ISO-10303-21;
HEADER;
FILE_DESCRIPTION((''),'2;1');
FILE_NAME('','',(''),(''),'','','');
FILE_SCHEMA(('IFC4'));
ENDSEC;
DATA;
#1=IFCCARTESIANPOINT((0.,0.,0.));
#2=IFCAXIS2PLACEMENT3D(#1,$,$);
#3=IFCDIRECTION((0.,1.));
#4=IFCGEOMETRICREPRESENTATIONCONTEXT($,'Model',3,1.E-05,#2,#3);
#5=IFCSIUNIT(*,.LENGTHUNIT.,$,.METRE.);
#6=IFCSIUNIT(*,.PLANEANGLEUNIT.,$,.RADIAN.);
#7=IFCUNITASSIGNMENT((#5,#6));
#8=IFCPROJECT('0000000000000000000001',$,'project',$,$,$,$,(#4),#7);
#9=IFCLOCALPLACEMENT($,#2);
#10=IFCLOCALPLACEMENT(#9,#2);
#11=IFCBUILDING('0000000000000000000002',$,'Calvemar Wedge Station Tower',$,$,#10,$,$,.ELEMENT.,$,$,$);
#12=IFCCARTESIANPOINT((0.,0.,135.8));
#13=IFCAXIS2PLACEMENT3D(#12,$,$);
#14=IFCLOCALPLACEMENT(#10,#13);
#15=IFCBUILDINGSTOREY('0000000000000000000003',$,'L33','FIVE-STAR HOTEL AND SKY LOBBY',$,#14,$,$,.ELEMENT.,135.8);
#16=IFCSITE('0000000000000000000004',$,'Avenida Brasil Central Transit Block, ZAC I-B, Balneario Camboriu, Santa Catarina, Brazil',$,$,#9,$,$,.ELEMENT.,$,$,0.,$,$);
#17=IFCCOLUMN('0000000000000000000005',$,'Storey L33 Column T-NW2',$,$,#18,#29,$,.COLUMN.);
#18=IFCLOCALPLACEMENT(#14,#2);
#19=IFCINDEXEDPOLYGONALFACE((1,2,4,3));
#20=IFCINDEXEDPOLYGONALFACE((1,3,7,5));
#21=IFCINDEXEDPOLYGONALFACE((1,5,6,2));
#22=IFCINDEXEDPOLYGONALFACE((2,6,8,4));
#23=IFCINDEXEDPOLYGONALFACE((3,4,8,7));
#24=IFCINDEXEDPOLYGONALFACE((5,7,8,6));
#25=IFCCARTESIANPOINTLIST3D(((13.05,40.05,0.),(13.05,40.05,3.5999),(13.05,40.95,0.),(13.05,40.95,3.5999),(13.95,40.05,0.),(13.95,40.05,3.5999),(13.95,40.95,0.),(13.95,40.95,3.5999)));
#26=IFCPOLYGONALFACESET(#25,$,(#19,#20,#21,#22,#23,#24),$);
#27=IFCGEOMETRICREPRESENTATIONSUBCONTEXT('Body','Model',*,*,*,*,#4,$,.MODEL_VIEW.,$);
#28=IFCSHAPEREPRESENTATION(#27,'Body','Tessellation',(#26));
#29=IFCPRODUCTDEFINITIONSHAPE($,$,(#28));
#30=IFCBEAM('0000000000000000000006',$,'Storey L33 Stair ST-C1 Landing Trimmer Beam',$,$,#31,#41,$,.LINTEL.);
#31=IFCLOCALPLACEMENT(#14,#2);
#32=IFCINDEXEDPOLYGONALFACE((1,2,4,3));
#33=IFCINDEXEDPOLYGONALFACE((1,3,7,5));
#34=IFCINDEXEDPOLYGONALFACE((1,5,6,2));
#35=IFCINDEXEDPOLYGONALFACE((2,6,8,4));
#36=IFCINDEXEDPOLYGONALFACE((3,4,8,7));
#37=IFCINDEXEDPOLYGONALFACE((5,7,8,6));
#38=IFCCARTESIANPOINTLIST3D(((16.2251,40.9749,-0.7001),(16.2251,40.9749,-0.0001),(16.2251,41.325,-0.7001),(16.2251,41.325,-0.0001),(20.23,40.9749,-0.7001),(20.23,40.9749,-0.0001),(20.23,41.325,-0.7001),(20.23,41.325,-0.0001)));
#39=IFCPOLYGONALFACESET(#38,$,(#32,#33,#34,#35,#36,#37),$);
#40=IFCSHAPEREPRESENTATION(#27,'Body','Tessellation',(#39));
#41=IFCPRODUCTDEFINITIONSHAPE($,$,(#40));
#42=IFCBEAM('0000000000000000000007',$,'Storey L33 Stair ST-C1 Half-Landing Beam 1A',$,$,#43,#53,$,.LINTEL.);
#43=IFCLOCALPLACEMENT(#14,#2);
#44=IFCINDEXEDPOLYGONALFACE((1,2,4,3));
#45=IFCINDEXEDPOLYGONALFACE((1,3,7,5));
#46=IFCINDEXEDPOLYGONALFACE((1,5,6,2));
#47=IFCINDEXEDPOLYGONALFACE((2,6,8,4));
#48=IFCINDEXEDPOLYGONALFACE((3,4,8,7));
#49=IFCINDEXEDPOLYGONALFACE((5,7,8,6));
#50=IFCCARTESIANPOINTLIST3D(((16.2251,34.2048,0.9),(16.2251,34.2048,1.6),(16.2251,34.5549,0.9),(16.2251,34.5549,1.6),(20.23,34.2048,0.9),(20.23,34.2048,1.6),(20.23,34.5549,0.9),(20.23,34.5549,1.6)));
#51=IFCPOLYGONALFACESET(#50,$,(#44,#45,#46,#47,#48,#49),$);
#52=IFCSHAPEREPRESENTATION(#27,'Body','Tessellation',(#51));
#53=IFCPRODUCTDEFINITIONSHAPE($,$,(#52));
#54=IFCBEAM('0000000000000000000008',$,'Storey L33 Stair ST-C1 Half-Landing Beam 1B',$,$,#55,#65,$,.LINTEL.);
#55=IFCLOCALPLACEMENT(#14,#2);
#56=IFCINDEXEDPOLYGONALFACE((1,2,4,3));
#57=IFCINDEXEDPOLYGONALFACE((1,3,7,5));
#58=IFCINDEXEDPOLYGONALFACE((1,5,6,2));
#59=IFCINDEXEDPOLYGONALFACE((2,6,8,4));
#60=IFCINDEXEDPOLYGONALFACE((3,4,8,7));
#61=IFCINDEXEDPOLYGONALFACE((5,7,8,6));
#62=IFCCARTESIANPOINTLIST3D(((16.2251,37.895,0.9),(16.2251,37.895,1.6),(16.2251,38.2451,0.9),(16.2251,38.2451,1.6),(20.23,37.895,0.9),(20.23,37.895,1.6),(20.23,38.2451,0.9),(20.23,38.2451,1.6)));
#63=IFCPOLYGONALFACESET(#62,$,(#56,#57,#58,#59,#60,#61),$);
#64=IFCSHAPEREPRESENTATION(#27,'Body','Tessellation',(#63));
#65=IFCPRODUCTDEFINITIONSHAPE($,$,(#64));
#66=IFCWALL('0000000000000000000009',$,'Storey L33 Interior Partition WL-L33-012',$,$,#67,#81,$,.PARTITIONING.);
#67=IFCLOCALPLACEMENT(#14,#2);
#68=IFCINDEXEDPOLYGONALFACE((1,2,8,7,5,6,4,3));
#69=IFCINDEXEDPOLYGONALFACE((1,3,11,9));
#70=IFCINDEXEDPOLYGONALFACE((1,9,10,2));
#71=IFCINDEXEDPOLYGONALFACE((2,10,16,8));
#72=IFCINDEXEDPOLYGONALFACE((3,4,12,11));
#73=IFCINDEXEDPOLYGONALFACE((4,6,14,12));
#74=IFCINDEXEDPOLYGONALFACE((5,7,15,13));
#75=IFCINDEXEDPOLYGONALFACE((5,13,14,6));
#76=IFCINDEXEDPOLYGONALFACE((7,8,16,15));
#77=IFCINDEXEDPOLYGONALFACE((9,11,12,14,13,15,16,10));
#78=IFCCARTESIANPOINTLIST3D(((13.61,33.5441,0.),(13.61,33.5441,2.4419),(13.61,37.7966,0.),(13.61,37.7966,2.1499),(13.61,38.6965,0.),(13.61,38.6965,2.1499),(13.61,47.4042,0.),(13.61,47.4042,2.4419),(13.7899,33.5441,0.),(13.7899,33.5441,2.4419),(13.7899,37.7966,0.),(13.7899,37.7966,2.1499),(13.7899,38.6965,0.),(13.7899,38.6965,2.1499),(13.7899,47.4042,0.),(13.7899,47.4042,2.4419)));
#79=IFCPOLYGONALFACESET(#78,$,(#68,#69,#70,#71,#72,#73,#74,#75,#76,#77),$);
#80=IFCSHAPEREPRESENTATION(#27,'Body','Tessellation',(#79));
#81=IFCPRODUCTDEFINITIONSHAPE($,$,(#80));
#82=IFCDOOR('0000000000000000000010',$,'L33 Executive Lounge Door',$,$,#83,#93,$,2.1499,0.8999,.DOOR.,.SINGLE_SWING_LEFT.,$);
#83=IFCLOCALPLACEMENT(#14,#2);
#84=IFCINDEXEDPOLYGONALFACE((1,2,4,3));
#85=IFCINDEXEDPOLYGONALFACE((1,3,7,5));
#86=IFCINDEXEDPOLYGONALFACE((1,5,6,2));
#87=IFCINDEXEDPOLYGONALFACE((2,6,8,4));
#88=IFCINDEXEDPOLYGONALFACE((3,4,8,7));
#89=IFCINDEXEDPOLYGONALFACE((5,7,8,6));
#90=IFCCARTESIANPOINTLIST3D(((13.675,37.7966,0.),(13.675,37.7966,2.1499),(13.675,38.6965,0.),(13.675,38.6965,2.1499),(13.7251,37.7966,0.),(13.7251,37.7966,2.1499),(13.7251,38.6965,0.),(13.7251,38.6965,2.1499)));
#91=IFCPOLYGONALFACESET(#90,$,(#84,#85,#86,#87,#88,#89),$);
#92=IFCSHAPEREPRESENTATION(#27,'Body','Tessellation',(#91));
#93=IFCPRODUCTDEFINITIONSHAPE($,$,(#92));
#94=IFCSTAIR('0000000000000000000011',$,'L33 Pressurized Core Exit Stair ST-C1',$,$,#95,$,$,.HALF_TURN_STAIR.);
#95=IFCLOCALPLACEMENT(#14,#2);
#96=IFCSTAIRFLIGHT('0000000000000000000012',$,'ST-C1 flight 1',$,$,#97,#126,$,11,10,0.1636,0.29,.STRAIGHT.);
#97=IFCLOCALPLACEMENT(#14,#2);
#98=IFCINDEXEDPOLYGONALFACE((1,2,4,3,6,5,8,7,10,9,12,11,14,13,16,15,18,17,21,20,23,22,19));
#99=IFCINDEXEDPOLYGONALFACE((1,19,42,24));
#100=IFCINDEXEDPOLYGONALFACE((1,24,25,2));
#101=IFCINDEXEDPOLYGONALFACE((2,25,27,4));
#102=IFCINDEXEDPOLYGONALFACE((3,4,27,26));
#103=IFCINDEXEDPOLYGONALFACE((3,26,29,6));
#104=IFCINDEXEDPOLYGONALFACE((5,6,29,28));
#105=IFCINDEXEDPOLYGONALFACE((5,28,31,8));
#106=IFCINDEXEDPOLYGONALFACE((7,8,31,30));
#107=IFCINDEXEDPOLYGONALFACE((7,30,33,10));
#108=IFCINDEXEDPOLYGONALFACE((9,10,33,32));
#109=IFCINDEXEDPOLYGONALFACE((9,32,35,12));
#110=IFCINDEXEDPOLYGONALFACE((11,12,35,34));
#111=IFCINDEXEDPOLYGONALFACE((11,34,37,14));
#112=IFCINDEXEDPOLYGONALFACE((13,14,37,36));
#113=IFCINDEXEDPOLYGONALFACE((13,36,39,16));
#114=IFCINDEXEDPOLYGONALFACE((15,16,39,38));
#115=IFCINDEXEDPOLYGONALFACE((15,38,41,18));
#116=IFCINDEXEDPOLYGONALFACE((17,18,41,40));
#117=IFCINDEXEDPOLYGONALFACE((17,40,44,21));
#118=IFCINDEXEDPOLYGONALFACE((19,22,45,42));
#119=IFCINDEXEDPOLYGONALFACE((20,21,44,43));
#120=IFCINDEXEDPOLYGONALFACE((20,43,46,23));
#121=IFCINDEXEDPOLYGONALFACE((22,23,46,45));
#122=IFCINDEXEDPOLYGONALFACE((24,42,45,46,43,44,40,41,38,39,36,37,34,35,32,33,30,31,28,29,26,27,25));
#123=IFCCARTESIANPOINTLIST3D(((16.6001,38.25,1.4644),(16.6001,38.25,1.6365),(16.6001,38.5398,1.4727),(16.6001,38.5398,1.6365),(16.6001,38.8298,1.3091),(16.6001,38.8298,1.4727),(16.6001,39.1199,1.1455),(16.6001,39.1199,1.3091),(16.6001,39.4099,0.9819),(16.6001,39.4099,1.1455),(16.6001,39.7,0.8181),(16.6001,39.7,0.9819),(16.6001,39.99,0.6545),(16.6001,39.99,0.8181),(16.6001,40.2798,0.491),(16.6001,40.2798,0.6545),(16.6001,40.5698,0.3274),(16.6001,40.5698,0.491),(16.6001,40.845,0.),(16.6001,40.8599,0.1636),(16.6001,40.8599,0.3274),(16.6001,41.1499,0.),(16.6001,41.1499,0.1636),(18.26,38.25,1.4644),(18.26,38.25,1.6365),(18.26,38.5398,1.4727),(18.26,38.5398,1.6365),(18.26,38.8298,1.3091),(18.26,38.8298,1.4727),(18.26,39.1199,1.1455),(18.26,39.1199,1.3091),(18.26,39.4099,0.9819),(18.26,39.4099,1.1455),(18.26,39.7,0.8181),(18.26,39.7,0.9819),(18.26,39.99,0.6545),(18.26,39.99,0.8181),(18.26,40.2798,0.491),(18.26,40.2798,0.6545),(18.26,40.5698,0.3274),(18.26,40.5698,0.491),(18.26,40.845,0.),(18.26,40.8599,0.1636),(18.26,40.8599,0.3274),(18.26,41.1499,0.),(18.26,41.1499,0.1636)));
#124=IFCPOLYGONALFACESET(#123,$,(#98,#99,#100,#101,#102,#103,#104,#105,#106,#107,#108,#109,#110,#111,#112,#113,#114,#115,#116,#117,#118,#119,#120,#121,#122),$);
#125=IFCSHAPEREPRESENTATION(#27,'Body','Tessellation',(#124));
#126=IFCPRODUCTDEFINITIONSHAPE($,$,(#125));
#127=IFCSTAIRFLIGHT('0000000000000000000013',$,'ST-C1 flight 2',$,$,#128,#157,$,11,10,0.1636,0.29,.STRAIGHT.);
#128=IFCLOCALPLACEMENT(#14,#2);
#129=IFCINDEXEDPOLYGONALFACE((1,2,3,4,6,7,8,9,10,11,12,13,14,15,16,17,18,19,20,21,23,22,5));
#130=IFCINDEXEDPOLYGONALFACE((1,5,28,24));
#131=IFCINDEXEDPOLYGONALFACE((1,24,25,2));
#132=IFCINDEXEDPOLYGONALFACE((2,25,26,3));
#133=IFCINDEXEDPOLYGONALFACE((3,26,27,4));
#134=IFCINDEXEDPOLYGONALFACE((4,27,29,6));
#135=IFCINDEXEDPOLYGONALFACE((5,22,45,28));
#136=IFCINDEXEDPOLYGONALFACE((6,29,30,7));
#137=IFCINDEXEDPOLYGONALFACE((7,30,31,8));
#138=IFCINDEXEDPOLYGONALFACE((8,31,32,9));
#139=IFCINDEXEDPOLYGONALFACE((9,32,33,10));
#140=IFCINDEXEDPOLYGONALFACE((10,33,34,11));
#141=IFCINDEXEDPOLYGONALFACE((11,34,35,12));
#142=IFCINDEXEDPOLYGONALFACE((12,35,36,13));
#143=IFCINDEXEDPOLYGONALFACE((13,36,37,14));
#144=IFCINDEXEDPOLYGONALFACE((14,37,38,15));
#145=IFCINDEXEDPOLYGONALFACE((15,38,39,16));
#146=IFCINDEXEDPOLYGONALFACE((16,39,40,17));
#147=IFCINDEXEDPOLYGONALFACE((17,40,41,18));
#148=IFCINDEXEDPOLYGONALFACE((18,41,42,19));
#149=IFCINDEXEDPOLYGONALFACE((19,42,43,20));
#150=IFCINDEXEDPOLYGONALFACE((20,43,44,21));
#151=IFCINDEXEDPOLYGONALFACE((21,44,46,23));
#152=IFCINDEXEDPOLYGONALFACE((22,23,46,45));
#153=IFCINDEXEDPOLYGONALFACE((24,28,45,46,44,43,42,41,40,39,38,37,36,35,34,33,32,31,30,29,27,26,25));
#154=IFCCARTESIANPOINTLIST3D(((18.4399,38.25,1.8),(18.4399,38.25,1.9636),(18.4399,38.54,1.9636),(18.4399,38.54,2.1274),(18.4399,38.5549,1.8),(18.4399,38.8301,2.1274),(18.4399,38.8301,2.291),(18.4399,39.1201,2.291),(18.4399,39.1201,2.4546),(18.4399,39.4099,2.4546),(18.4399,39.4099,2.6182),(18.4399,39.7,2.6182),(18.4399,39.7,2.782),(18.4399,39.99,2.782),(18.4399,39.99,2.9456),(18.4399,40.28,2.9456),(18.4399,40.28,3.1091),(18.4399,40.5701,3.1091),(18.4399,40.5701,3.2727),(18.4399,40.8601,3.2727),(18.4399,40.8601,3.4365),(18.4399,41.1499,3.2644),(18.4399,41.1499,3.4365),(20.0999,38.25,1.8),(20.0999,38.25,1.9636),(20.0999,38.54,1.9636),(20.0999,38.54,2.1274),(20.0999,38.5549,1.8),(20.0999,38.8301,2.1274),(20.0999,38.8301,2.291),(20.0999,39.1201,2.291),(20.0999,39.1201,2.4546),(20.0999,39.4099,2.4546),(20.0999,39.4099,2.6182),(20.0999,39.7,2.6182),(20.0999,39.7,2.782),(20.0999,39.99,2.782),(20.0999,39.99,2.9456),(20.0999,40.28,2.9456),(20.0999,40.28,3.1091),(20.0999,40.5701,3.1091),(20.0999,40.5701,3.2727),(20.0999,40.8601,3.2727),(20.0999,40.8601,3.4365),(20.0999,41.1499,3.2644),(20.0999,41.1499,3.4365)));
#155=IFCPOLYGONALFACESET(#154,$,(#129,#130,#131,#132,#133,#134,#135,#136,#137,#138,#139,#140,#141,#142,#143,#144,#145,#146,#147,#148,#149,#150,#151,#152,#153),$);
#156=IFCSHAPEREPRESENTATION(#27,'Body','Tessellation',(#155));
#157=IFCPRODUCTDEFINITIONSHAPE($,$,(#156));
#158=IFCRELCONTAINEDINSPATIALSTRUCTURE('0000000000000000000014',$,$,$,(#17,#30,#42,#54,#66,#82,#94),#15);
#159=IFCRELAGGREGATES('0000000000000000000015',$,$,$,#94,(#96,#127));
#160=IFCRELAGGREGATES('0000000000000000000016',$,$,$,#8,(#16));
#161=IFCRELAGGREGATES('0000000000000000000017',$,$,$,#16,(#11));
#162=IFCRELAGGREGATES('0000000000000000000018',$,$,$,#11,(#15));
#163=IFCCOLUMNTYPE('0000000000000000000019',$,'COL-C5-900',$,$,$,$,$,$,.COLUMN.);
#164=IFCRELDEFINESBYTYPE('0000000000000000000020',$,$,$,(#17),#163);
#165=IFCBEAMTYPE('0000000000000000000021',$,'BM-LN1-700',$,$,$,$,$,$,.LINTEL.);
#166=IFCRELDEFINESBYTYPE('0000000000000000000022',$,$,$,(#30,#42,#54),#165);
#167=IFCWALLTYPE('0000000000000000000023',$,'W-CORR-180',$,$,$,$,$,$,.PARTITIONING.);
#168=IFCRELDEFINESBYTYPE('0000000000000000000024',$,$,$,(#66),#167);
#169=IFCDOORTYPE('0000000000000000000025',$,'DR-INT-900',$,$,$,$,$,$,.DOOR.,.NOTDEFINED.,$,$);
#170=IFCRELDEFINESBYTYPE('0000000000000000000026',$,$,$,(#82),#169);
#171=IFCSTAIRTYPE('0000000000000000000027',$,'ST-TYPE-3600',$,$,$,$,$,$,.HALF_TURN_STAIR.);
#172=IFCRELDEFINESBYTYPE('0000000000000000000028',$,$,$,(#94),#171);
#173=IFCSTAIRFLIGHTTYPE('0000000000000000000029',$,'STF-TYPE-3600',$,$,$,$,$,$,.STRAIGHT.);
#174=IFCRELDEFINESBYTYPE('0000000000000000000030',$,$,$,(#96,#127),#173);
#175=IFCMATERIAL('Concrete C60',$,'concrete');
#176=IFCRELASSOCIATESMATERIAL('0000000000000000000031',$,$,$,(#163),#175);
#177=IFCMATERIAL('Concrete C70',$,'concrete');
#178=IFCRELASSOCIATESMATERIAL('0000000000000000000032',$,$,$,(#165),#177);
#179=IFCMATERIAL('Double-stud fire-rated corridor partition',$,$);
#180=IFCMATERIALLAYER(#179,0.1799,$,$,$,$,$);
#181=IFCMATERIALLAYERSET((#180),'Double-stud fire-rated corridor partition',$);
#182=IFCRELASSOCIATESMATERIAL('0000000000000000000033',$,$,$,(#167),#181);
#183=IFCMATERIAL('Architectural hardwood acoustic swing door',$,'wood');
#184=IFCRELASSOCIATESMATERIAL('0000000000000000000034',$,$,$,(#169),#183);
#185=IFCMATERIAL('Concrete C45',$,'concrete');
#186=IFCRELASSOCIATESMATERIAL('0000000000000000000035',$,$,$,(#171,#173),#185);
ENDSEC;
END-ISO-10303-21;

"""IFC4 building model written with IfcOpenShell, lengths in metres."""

from ifc_helpers import new_model, si_unit, direction, frame, frame_2d, origin, origin_2d, place, context, subcontext, project, spatial, polyline, rectangle, outline, extrude, source, transform, mapped, material, layer, layer_set, material_profile, profile_set, type_object, element, fill, aggregate, save


model = new_model("IFC4")

# Units and contexts
model_context = context("Model", 3, precision=1e-05, world=origin(), true_north=direction((0.0, 1.0)))
body_context = subcontext(model_context, "Body", "Model", "MODEL_VIEW")
ifc_project = project(units=[si_unit("LENGTHUNIT", "METRE"), si_unit("PLANEANGLEUNIT", "RADIAN")], contexts=[model_context])

# Site, building, storey
site_placement = place(None, origin())
site = spatial("IfcSite", under=ifc_project, at=site_placement, Name="Avenida Brasil Central Transit Block, ZAC I-B, Balneario Camboriu, Santa Catarina, Brazil", CompositionType="ELEMENT", RefElevation=0.0)
building_placement = place(site_placement, origin())
building = spatial("IfcBuilding", under=site, at=building_placement, Name="Calvemar Wedge Station Tower", CompositionType="ELEMENT")
storey_placement = place(building_placement, frame((0.0, 0.0, 135.8)))
storey = spatial("IfcBuildingStorey", under=building, at=storey_placement, Name="L33", Description="FIVE-STAR HOTEL AND SKY LOBBY", CompositionType="ELEMENT", Elevation=135.8)

# Column
ifc_material_1 = material(Name="Concrete C60", Category="concrete")
ifc_material_profile_1 = material_profile(ifc_material_1, rectangle(XDim=0.8999, YDim=0.8999, at=origin_2d()), Name="RC900x900")
ifc_profile_set_1 = profile_set([ifc_material_profile_1], Name="Concrete C60")
column_type = type_object("IfcColumnType", Name="COL-C5-900", PredefinedType="COLUMN", material=ifc_profile_set_1)
shared_shape_1 = source(origin(), body_context, "Body", "SweptSolid", [
    extrude(rectangle(XDim=0.8999, YDim=0.8999, at=origin_2d()), origin(), (0.0, 0.0, 1.0), 3.5999),
])
column_placement = place(storey_placement, frame((13.5, 40.5, 0.0), z_axis=(0.0, 0.0, 1.0), x_axis=(1.0, 0.0, 0.0)))
element("IfcColumn", 1, at=column_placement, inside=storey, type_object=column_type, Name="Storey L33 Column T-NW2", PredefinedType="COLUMN", context=body_context, shape_type="MappedRepresentation", body=[
    mapped(shared_shape_1, transform((0.0, 0.0, 0.0), scale=1.0)),
])

# Beams
ifc_material_2 = material(Name="Concrete C70", Category="concrete")
ifc_material_profile_2 = material_profile(ifc_material_2, rectangle(XDim=0.3501, YDim=0.7, at=origin_2d()), Name="RC350x700")
ifc_profile_set_2 = profile_set([ifc_material_profile_2], Name="Concrete C70")
beam_type = type_object("IfcBeamType", Name="BM-LN1-700", PredefinedType="LINTEL", material=ifc_profile_set_2)
shared_shape_2 = source(origin(), body_context, "Body", "SweptSolid", [
    extrude(rectangle(XDim=0.3501, YDim=0.7, at=origin_2d()), origin(), (0.0, 0.0, 1.0), 4.0049),
])
for number, where, z_axis, x_axis, name in (
    (2, (16.2251, 41.1499, -0.3501), (1.0, 0.0, 0.0), (0.0, 1.0, 0.0), "Storey L33 Stair ST-C1 Landing Trimmer Beam"),
    (3, (16.2251, 34.3799, 1.25), (1.0, 0.0, 0.0), (0.0, 1.0, 0.0), "Storey L33 Stair ST-C1 Half-Landing Beam 1A"),
    (4, (16.2251, 38.0701, 1.25), (1.0, 0.0, 0.0), (0.0, 1.0, 0.0), "Storey L33 Stair ST-C1 Half-Landing Beam 1B"),
):
    element("IfcBeam", number, at=place(storey_placement, frame(where, z_axis=z_axis, x_axis=x_axis)), inside=storey, type_object=beam_type, Name=name, PredefinedType="LINTEL", context=body_context, shape_type="MappedRepresentation", body=[
        mapped(shared_shape_2, transform((0.0, 0.0, 0.0), scale=1.0)),
    ])

# Wall, opening, door
ifc_material_3 = material(Name="Double-stud fire-rated corridor partition")
ifc_layer_1 = layer(ifc_material_3, 0.1799)
ifc_layer_set_1 = layer_set([ifc_layer_1], Name="Double-stud fire-rated corridor partition")
wall_type_1 = type_object("IfcWallType", Name="W-CORR-180", PredefinedType="PARTITIONING", material=ifc_layer_set_1)
wall_1_placement = place(storey_placement, frame((13.7, 33.5439, 0.0), z_axis=(0.0, 0.0, 1.0), x_axis=(0.0, 1.0, 0.0)))
wall_1 = element("IfcWall", 5, at=wall_1_placement, inside=storey, type_object=wall_type_1, Name="Storey L33 Interior Partition WL-L33-012", PredefinedType="PARTITIONING", context=body_context, shape_type="SweptSolid", body=[
    extrude(rectangle(XDim=13.8601, YDim=0.1799, at=frame_2d((6.9302, 0.0))), origin(), (0.0, 0.0, 1.0), 2.4419),
])
shared_shape_3 = source(origin(), body_context, "Body", "SweptSolid", [
    extrude(rectangle(XDim=0.8999, YDim=2.1499, at=frame_2d((0.45, 1.075))), frame((0.0, 0.1001, 0.0), z_axis=(0.0, -1.0, 0.0), x_axis=(1.0, 0.0, 0.0)), (0.0, 0.0, 1.0), 0.2),
])
opening_1_placement = place(wall_1_placement, frame((4.2527, 0.0, 0.0)))
opening_1 = element("IfcOpeningElement", 6, at=opening_1_placement, cuts=wall_1, PredefinedType="OPENING", context=body_context, shape_type="MappedRepresentation", body=[
    mapped(shared_shape_3, transform((0.0, 0.0, 0.0), scale=1.0)),
])
ifc_material_4 = material(Name="Architectural hardwood acoustic swing door", Category="wood")
door_type_1 = type_object("IfcDoorType", Name="DR-INT-900", OperationType="NOTDEFINED", PredefinedType="DOOR", material=ifc_material_4)
shared_shape_4 = source(origin(), body_context, "Body", "SweptSolid", [
    extrude(rectangle(XDim=0.8999, YDim=2.1499, at=frame_2d((0.45, 1.075))), frame((0.0, 0.0249, 0.0), z_axis=(0.0, -1.0, 0.0), x_axis=(1.0, 0.0, 0.0)), (0.0, 0.0, 1.0), 0.05),
])
door_1_placement = place(opening_1_placement, origin())
door_1 = element("IfcDoor", 7, at=door_1_placement, inside=storey, type_object=door_type_1, Name="L33 Executive Lounge Door", OperationType="SINGLE_SWING_LEFT", OverallHeight=2.1499, OverallWidth=0.8999, PredefinedType="DOOR", context=body_context, shape_type="MappedRepresentation", body=[
    mapped(shared_shape_4, transform((0.0, 0.0, 0.0), scale=1.0)),
])
fill(opening_1, door_1)

# Stair, stair flights
ifc_material_5 = material(Name="Concrete C45", Category="concrete")
stair_type = type_object("IfcStairType", Name="ST-TYPE-3600", PredefinedType="HALF_TURN_STAIR", material=ifc_material_5)
stair_placement = place(storey_placement, origin())
stair = element("IfcStair", 8, at=stair_placement, inside=storey, type_object=stair_type, Name="L33 Pressurized Core Exit Stair ST-C1", PredefinedType="HALF_TURN_STAIR")
stair_flight_type = type_object("IfcStairFlightType", Name="STF-TYPE-3600", PredefinedType="STRAIGHT", material=ifc_material_5)
stair_flight_1_placement = place(storey_placement, frame((17.4299, 41.1499, 0.0), z_axis=(0.0, 0.0, 1.0), x_axis=(0.0, -1.0, 0.0)))
stair_flight_1 = element("IfcStairFlight", 9, at=stair_flight_1_placement, type_object=stair_flight_type, Name="ST-C1 flight 1", NumberOfRisers=11, NumberOfTreads=10, PredefinedType="STRAIGHT", RiserHeight=0.1636, TreadLength=0.29, context=body_context, shape_type="SweptSolid", body=[
    extrude(outline(polyline([(0.0, 0.0), (0.0, 0.1636), (0.29, 0.1636), (0.29, 0.3274), (0.5801, 0.3274), (0.5801, 0.491), (0.8701, 0.491), (0.8701, 0.6545), (1.1599, 0.6545), (1.1599, 0.8181), (1.45, 0.8181), (1.45, 0.9819), (1.74, 0.9819), (1.74, 1.1455), (2.03, 1.1455), (2.03, 1.3091), (2.3201, 1.3091), (2.3201, 1.4727), (2.6101, 1.4727), (2.6101, 1.6365), (2.8999, 1.6365), (2.8999, 1.8), (2.8999, 1.4644), (0.3049, 0.0), (0.0, 0.0)])), frame((0.0, 0.8301, 0.0), z_axis=(0.0, -1.0, 0.0), x_axis=(1.0, 0.0, 0.0)), (0.0, 0.0, 1.0), 1.6599),
])
stair_flight_2_placement = place(storey_placement, frame((19.27, 38.25, 1.8), z_axis=(0.0, 0.0, 1.0), x_axis=(0.0, 1.0, 0.0)))
stair_flight_2 = element("IfcStairFlight", 10, at=stair_flight_2_placement, type_object=stair_flight_type, Name="ST-C1 flight 2", NumberOfRisers=11, NumberOfTreads=10, PredefinedType="STRAIGHT", RiserHeight=0.1636, TreadLength=0.29, context=body_context, shape_type="SweptSolid", body=[
    extrude(outline(polyline([(0.0, 0.0), (0.0, 0.1636), (0.29, 0.1636), (0.29, 0.3274), (0.5801, 0.3274), (0.5801, 0.491), (0.8701, 0.491), (0.8701, 0.6545), (1.1599, 0.6545), (1.1599, 0.8181), (1.45, 0.8181), (1.45, 0.9819), (1.74, 0.9819), (1.74, 1.1455), (2.03, 1.1455), (2.03, 1.3091), (2.3201, 1.3091), (2.3201, 1.4727), (2.6101, 1.4727), (2.6101, 1.6365), (2.8999, 1.6365), (2.8999, 1.8), (2.8999, 1.4644), (0.3049, 0.0), (0.0, 0.0)])), frame((0.0, 0.8301, 0.0), z_axis=(0.0, -1.0, 0.0), x_axis=(1.0, 0.0, 0.0)), (0.0, 0.0, 1.0), 1.6599),
])
aggregate(stair, [stair_flight_1, stair_flight_2])

save(model, "model.ifc")
